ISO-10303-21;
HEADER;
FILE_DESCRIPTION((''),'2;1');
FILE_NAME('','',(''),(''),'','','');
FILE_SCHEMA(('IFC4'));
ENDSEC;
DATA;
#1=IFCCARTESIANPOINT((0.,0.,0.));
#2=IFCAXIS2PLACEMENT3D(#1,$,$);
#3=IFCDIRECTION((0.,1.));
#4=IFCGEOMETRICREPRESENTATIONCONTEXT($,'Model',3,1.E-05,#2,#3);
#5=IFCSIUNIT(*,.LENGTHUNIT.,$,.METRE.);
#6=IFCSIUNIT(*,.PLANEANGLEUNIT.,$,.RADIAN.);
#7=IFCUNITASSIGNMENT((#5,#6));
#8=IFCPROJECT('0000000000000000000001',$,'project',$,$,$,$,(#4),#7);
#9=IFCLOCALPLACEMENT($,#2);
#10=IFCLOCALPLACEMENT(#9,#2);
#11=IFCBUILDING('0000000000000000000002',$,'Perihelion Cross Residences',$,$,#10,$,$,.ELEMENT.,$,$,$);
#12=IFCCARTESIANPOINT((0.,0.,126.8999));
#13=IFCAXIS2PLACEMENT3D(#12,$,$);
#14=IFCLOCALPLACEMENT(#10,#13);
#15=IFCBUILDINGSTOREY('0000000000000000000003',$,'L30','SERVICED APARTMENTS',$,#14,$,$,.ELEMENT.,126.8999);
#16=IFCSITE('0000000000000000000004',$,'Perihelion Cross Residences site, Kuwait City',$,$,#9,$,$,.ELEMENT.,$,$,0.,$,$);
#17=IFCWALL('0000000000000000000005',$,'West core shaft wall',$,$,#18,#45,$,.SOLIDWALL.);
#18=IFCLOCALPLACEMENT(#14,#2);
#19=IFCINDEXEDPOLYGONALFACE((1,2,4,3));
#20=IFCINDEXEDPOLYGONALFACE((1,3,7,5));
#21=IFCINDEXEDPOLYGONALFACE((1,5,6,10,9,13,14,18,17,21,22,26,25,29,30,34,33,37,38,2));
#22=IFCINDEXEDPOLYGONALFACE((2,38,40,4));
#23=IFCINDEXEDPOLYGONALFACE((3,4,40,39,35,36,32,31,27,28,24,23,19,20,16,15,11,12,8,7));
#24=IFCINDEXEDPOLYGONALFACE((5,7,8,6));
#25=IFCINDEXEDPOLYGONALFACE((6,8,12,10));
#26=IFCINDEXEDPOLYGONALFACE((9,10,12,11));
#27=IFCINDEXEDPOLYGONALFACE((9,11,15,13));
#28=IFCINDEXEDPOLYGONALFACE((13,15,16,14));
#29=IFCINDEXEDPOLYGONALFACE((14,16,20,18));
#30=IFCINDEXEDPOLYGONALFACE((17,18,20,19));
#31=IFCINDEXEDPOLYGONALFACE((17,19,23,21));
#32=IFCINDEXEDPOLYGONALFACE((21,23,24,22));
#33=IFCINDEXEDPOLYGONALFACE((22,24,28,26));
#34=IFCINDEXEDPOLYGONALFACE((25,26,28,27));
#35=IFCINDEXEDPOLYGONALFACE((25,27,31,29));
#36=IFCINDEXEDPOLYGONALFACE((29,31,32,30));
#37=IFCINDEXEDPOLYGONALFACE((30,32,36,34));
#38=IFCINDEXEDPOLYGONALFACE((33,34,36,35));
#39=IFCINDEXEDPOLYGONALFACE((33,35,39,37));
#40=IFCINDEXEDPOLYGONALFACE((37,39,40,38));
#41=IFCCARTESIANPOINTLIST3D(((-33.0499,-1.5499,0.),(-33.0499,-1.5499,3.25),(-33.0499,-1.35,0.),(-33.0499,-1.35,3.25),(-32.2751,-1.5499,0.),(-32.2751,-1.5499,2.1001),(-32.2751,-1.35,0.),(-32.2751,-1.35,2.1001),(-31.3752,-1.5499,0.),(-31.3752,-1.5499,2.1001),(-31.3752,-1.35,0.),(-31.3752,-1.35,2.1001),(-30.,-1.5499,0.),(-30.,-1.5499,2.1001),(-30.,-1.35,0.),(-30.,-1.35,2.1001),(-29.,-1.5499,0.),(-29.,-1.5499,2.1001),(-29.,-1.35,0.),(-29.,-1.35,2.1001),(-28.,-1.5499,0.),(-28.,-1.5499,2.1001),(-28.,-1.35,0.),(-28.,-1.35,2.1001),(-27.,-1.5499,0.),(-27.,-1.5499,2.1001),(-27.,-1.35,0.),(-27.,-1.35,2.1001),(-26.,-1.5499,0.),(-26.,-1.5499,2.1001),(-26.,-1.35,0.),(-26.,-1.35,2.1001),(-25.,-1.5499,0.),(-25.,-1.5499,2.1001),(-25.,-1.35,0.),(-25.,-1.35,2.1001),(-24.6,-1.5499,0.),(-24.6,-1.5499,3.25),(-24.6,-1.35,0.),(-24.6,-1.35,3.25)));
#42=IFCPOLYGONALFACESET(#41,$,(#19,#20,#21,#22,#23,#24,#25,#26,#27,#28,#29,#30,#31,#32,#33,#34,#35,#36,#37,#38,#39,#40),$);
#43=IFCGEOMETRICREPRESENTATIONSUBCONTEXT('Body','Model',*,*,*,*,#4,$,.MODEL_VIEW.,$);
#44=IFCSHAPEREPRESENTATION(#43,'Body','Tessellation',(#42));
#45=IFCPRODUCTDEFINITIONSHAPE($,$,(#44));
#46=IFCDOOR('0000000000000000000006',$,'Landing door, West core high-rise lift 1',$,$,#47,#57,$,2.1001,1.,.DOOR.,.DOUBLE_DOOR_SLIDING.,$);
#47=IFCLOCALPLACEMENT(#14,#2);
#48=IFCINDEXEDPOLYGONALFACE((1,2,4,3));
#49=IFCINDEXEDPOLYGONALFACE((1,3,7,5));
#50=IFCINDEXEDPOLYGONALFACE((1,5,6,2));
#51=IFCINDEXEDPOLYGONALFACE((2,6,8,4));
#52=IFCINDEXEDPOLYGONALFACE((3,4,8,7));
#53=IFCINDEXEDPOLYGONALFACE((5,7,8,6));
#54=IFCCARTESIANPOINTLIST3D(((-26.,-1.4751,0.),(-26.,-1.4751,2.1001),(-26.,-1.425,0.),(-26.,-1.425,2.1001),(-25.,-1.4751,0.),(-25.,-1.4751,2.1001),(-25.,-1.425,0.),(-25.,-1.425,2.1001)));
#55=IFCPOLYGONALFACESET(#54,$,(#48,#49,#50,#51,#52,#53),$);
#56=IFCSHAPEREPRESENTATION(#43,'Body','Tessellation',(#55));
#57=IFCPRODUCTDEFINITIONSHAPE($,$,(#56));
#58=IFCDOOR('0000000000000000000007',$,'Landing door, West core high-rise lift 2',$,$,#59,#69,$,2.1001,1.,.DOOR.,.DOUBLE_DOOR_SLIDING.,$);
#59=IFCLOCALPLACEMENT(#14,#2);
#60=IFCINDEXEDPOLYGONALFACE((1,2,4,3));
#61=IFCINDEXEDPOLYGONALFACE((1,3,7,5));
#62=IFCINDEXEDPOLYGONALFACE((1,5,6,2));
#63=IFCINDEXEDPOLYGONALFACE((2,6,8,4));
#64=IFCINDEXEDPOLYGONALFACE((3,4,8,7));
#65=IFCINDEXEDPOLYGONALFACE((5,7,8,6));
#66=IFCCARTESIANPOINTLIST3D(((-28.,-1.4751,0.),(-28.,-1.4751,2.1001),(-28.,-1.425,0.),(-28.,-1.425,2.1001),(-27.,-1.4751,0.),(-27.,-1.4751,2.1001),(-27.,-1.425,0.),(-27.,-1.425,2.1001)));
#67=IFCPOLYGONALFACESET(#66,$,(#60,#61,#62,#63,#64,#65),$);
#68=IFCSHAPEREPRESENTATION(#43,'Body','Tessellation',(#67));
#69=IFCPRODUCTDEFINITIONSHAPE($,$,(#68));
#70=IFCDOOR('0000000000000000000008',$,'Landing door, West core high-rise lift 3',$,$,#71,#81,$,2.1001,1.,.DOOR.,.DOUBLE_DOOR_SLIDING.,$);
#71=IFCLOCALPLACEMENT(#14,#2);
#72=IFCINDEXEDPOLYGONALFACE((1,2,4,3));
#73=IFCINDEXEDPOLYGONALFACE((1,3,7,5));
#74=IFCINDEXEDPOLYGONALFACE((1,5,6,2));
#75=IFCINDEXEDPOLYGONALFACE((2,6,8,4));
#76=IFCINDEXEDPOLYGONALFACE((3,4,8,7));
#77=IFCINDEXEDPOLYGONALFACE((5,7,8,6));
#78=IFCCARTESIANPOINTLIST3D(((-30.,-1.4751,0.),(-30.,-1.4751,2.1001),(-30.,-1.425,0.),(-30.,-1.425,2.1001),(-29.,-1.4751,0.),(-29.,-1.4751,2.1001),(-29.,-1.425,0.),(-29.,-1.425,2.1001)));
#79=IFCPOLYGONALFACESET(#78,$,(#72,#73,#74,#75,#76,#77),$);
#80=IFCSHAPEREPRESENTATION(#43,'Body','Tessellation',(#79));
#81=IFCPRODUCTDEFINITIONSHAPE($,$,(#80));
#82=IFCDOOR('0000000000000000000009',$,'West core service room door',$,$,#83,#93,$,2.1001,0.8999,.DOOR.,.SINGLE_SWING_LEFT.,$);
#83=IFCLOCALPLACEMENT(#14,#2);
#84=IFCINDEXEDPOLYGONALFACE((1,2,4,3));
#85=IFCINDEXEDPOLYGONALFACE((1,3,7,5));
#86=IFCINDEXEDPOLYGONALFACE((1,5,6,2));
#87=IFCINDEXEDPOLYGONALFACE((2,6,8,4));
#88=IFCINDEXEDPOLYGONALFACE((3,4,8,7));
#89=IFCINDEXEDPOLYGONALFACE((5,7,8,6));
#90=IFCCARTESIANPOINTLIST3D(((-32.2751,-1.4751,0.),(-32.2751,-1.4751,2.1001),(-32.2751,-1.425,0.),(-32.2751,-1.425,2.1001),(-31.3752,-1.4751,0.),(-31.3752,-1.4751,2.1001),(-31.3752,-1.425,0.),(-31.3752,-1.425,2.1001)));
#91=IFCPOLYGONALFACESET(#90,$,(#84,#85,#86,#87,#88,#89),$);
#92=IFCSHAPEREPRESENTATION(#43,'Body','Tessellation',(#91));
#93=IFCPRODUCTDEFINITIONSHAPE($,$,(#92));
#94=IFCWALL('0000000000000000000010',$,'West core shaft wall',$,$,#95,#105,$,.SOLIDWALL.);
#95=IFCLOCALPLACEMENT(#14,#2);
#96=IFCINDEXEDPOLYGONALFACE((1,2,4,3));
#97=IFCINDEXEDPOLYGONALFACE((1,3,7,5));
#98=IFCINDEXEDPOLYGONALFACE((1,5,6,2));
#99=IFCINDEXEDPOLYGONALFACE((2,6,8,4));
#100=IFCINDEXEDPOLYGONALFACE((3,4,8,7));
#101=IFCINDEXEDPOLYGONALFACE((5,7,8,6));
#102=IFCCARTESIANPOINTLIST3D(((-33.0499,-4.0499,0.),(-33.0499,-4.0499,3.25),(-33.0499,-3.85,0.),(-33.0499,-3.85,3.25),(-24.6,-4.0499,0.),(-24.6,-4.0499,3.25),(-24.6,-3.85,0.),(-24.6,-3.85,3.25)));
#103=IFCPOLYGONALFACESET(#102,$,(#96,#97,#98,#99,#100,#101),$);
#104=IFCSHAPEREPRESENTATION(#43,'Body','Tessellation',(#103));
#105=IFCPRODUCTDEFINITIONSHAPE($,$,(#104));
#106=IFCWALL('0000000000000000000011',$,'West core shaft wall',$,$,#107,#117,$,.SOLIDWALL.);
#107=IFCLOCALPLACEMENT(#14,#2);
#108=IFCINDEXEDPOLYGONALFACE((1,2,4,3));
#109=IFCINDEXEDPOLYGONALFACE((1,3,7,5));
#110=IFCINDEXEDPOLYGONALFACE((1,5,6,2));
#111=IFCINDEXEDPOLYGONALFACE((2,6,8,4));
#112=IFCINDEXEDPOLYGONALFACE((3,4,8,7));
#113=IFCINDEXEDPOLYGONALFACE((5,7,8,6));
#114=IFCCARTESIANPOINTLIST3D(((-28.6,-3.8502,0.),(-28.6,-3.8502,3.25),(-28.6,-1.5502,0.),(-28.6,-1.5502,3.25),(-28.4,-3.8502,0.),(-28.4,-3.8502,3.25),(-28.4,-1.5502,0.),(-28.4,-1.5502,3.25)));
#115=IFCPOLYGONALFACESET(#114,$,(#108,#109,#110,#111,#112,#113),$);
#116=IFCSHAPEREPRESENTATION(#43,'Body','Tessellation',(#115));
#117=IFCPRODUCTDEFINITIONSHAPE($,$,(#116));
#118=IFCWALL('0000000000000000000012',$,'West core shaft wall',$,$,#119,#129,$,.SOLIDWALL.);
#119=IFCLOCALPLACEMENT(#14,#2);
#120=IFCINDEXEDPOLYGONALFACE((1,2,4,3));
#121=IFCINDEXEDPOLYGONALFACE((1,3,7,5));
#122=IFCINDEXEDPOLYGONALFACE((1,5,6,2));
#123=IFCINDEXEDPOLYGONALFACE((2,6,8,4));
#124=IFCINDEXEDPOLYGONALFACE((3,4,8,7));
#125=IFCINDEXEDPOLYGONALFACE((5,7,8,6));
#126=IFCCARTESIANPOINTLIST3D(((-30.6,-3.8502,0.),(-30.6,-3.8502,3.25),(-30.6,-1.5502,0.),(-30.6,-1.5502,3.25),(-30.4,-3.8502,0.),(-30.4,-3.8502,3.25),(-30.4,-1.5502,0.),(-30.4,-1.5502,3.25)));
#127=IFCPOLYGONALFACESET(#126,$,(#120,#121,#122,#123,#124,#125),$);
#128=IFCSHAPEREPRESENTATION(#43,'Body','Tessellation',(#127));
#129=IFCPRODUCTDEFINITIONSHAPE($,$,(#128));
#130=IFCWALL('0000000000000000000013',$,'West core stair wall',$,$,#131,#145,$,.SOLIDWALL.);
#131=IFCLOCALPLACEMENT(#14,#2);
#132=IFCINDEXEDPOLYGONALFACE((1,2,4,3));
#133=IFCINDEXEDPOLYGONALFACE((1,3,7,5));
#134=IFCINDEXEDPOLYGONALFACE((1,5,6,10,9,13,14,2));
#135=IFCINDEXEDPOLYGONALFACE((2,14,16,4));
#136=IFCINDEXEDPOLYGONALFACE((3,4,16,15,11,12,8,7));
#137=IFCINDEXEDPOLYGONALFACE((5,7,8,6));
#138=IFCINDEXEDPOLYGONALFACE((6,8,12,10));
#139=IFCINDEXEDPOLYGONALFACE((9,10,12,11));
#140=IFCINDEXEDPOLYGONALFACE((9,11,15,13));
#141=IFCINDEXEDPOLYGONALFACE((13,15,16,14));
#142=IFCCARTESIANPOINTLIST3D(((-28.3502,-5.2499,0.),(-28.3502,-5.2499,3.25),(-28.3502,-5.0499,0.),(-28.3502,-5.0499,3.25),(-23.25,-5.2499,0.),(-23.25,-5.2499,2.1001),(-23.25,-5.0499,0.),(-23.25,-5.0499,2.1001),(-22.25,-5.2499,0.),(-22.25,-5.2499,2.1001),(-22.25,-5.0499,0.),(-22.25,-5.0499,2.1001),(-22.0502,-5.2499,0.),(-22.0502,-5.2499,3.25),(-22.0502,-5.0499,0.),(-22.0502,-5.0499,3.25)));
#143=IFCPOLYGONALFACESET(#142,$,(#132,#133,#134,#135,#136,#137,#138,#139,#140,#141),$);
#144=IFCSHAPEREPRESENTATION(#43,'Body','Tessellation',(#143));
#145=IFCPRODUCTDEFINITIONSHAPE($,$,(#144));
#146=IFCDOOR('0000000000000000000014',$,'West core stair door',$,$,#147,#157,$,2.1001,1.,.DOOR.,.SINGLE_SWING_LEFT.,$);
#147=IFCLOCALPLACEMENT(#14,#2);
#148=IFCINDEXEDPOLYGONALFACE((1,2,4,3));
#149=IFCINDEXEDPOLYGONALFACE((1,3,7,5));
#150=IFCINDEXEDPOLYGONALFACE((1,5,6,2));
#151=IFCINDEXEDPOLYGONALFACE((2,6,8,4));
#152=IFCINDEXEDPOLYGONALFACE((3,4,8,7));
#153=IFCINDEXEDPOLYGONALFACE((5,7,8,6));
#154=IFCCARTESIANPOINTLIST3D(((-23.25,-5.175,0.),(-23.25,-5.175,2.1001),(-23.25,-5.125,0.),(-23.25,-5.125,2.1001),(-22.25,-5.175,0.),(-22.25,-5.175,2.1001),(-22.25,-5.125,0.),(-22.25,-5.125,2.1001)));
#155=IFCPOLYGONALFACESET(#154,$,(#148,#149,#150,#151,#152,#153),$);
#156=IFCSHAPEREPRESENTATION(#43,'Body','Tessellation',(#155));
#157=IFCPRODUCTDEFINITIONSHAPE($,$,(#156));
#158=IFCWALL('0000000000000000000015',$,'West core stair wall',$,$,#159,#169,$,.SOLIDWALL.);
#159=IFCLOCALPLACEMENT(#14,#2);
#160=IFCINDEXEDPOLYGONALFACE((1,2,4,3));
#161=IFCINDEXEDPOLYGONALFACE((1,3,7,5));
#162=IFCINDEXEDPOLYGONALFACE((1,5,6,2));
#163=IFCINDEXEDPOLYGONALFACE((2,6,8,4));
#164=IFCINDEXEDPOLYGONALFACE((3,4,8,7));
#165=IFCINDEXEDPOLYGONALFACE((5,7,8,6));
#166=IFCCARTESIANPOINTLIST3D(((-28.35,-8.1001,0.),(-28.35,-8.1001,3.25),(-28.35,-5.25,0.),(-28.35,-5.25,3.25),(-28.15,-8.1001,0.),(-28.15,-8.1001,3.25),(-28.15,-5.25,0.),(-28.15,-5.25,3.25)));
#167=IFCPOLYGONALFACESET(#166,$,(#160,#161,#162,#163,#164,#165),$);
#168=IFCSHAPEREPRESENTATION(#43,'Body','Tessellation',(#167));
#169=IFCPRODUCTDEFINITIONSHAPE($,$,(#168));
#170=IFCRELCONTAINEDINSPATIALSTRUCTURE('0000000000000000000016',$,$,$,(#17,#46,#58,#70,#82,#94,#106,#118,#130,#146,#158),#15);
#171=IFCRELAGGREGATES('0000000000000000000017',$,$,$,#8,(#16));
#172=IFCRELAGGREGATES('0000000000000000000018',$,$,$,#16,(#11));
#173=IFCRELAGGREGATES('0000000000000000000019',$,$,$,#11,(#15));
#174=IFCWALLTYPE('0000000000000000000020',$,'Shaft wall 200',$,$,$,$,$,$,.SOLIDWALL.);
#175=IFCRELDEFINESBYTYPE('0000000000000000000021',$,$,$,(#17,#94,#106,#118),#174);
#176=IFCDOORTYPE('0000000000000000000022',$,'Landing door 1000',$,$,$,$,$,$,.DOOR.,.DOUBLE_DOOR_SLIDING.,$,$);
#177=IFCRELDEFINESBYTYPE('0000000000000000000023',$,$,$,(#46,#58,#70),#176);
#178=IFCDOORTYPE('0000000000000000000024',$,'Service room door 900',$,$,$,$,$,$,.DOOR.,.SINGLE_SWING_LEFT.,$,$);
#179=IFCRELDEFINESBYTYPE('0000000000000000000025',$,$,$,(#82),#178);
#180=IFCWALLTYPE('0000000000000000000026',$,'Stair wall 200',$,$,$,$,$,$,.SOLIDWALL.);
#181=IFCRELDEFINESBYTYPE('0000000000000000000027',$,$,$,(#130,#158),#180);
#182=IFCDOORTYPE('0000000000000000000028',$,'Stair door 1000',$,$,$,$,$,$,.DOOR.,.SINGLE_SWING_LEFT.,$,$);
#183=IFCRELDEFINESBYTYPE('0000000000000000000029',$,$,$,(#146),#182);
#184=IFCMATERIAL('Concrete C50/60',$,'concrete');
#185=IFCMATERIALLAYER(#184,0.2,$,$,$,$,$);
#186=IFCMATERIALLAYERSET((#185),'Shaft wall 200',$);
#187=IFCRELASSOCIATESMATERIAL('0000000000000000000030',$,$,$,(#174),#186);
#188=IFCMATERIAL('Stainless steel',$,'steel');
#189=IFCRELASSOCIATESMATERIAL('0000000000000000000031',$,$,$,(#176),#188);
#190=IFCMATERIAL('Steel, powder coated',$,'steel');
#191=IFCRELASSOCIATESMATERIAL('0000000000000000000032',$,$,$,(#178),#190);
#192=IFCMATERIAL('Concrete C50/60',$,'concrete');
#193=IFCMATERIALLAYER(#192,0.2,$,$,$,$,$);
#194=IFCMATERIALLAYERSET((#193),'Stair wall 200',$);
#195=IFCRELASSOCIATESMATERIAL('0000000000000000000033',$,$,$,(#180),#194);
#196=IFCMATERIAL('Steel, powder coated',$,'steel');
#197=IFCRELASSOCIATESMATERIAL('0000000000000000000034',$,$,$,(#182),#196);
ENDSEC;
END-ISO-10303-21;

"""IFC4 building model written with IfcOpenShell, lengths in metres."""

from ifc_helpers import new_model, si_unit, direction, frame, frame_2d, origin, place, context, subcontext, project, spatial, rectangle, extrude, material, layer, layer_set, type_object, element, fill, save


model = new_model("IFC4")

# Units and contexts
model_context = context("Model", 3, precision=1e-05, world=origin(), true_north=direction((0.0, 1.0)))
body_context = subcontext(model_context, "Body", "Model", "MODEL_VIEW")
ifc_project = project(units=[si_unit("LENGTHUNIT", "METRE"), si_unit("PLANEANGLEUNIT", "RADIAN")], contexts=[model_context])

# Site, building, storey
site_placement = place(None, origin())
site = spatial("IfcSite", under=ifc_project, at=site_placement, Name="Perihelion Cross Residences site, Kuwait City", CompositionType="ELEMENT", RefElevation=0.0)
building_placement = place(site_placement, origin())
building = spatial("IfcBuilding", under=site, at=building_placement, Name="Perihelion Cross Residences", CompositionType="ELEMENT")
storey_placement = place(building_placement, frame((0.0, 0.0, 126.8999)))
storey = spatial("IfcBuildingStorey", under=building, at=storey_placement, Name="L30", Description="SERVICED APARTMENTS", CompositionType="ELEMENT", Elevation=126.8999)

# Wall, openings, doors
ifc_material_1 = material(Name="Concrete C50/60", Category="concrete")
ifc_layer_1 = layer(ifc_material_1, 0.2)
ifc_layer_set_1 = layer_set([ifc_layer_1], Name="Shaft wall 200")
wall_type_1 = type_object("IfcWallType", Name="Shaft wall 200", PredefinedType="SOLIDWALL", material=ifc_layer_set_1)
wall_1_placement = place(storey_placement, frame((-33.05, -1.45, 0.0), z_axis=(0.0, 0.0, 1.0), x_axis=(1.0, 0.0, 0.0)))
wall_1 = element("IfcWall", 1, at=wall_1_placement, inside=storey, type_object=wall_type_1, Name="West core shaft wall", PredefinedType="SOLIDWALL", context=body_context, shape_type="SweptSolid", body=[
    extrude(rectangle(XDim=8.45, YDim=0.2, at=frame_2d((4.2251, 0.0))), origin(), (0.0, 0.0, 1.0), 3.25),
])
opening_1_placement = place(wall_1_placement, frame((7.05, 0.0, 0.0)))
opening_1 = element("IfcOpeningElement", 2, at=opening_1_placement, cuts=wall_1, PredefinedType="OPENING", context=body_context, shape_type="SweptSolid", body=[
    extrude(rectangle(XDim=1.0, YDim=2.1001, at=frame_2d((0.5, 1.05))), frame((0.0, 0.1099, 0.0), z_axis=(0.0, -1.0, 0.0), x_axis=(1.0, 0.0, 0.0)), (0.0, 0.0, 1.0), 0.22),
])
opening_2_placement = place(wall_1_placement, frame((5.05, 0.0, 0.0)))
opening_2 = element("IfcOpeningElement", 3, at=opening_2_placement, cuts=wall_1, PredefinedType="OPENING", context=body_context, shape_type="SweptSolid", body=[
    extrude(rectangle(XDim=1.0, YDim=2.1001, at=frame_2d((0.5, 1.05))), frame((0.0, 0.1099, 0.0), z_axis=(0.0, -1.0, 0.0), x_axis=(1.0, 0.0, 0.0)), (0.0, 0.0, 1.0), 0.22),
])
opening_3_placement = place(wall_1_placement, frame((3.05, 0.0, 0.0)))
opening_3 = element("IfcOpeningElement", 4, at=opening_3_placement, cuts=wall_1, PredefinedType="OPENING", context=body_context, shape_type="SweptSolid", body=[
    extrude(rectangle(XDim=1.0, YDim=2.1001, at=frame_2d((0.5, 1.05))), frame((0.0, 0.1099, 0.0), z_axis=(0.0, -1.0, 0.0), x_axis=(1.0, 0.0, 0.0)), (0.0, 0.0, 1.0), 0.22),
])
opening_4_placement = place(wall_1_placement, frame((0.7749, 0.0, 0.0)))
opening_4 = element("IfcOpeningElement", 5, at=opening_4_placement, cuts=wall_1, PredefinedType="OPENING", context=body_context, shape_type="SweptSolid", body=[
    extrude(rectangle(XDim=0.8999, YDim=2.1001, at=frame_2d((0.45, 1.05))), frame((0.0, 0.1099, 0.0), z_axis=(0.0, -1.0, 0.0), x_axis=(1.0, 0.0, 0.0)), (0.0, 0.0, 1.0), 0.22),
])
ifc_material_2 = material(Name="Stainless steel", Category="steel")
door_type_1 = type_object("IfcDoorType", Name="Landing door 1000", OperationType="DOUBLE_DOOR_SLIDING", PredefinedType="DOOR", material=ifc_material_2)
door_1_placement = place(opening_1_placement, origin())
door_1 = element("IfcDoor", 6, at=door_1_placement, inside=storey, type_object=door_type_1, Name="Landing door, West core high-rise lift 1", OperationType="DOUBLE_DOOR_SLIDING", OverallHeight=2.1001, OverallWidth=1.0, PredefinedType="DOOR", context=body_context, shape_type="SweptSolid", body=[
    extrude(rectangle(XDim=1.0, YDim=2.1001, at=frame_2d((0.5, 1.05))), frame((0.0, 0.0249, 0.0), z_axis=(0.0, -1.0, 0.0), x_axis=(1.0, 0.0, 0.0)), (0.0, 0.0, 1.0), 0.05),
])
fill(opening_1, door_1)
door_2_placement = place(opening_2_placement, origin())
door_2 = element("IfcDoor", 7, at=door_2_placement, inside=storey, type_object=door_type_1, Name="Landing door, West core high-rise lift 2", OperationType="DOUBLE_DOOR_SLIDING", OverallHeight=2.1001, OverallWidth=1.0, PredefinedType="DOOR", context=body_context, shape_type="SweptSolid", body=[
    extrude(rectangle(XDim=1.0, YDim=2.1001, at=frame_2d((0.5, 1.05))), frame((0.0, 0.0249, 0.0), z_axis=(0.0, -1.0, 0.0), x_axis=(1.0, 0.0, 0.0)), (0.0, 0.0, 1.0), 0.05),
])
fill(opening_2, door_2)
door_3_placement = place(opening_3_placement, origin())
door_3 = element("IfcDoor", 8, at=door_3_placement, inside=storey, type_object=door_type_1, Name="Landing door, West core high-rise lift 3", OperationType="DOUBLE_DOOR_SLIDING", OverallHeight=2.1001, OverallWidth=1.0, PredefinedType="DOOR", context=body_context, shape_type="SweptSolid", body=[
    extrude(rectangle(XDim=1.0, YDim=2.1001, at=frame_2d((0.5, 1.05))), frame((0.0, 0.0249, 0.0), z_axis=(0.0, -1.0, 0.0), x_axis=(1.0, 0.0, 0.0)), (0.0, 0.0, 1.0), 0.05),
])
fill(opening_3, door_3)
ifc_material_3 = material(Name="Steel, powder coated", Category="steel")
door_type_2 = type_object("IfcDoorType", Name="Service room door 900", OperationType="SINGLE_SWING_LEFT", PredefinedType="DOOR", material=ifc_material_3)
door_4_placement = place(opening_4_placement, origin())
door_4 = element("IfcDoor", 9, at=door_4_placement, inside=storey, type_object=door_type_2, Name="West core service room door", OperationType="SINGLE_SWING_LEFT", OverallHeight=2.1001, OverallWidth=0.8999, PredefinedType="DOOR", context=body_context, shape_type="SweptSolid", body=[
    extrude(rectangle(XDim=0.8999, YDim=2.1001, at=frame_2d((0.45, 1.05))), frame((0.0, 0.0249, 0.0), z_axis=(0.0, -1.0, 0.0), x_axis=(1.0, 0.0, 0.0)), (0.0, 0.0, 1.0), 0.05),
])
fill(opening_4, door_4)

# Walls
wall_2_placement = place(storey_placement, frame((-33.05, -3.95, 0.0), z_axis=(0.0, 0.0, 1.0), x_axis=(1.0, 0.0, 0.0)))
element("IfcWall", 10, at=wall_2_placement, inside=storey, type_object=wall_type_1, Name="West core shaft wall", PredefinedType="SOLIDWALL", context=body_context, shape_type="SweptSolid", body=[
    extrude(rectangle(XDim=8.45, YDim=0.2, at=frame_2d((4.2251, 0.0))), origin(), (0.0, 0.0, 1.0), 3.25),
])
for number, where, z_axis, x_axis, name in (
    (11, (-28.5, -3.8501, 0.0), (0.0, 0.0, 1.0), (0.0, 1.0, 0.0), "West core shaft wall"),
    (12, (-30.5, -3.8501, 0.0), (0.0, 0.0, 1.0), (0.0, 1.0, 0.0), "West core shaft wall"),
):
    element("IfcWall", number, at=place(storey_placement, frame(where, z_axis=z_axis, x_axis=x_axis)), inside=storey, type_object=wall_type_1, Name=name, PredefinedType="SOLIDWALL", context=body_context, shape_type="SweptSolid", body=[
        extrude(rectangle(XDim=2.3, YDim=0.2, at=frame_2d((1.1499, 0.0))), origin(), (0.0, 0.0, 1.0), 3.25),
    ])

# Wall, opening, door
ifc_material_4 = material(Name="Concrete C50/60", Category="concrete")
ifc_layer_2 = layer(ifc_material_4, 0.2)
ifc_layer_set_2 = layer_set([ifc_layer_2], Name="Stair wall 200")
wall_type_2 = type_object("IfcWallType", Name="Stair wall 200", PredefinedType="SOLIDWALL", material=ifc_layer_set_2)
wall_3_placement = place(storey_placement, frame((-28.3501, -5.1499, 0.0), z_axis=(0.0, 0.0, 1.0), x_axis=(1.0, 0.0, 0.0)))
wall_3 = element("IfcWall", 13, at=wall_3_placement, inside=storey, type_object=wall_type_2, Name="West core stair wall", PredefinedType="SOLIDWALL", context=body_context, shape_type="SweptSolid", body=[
    extrude(rectangle(XDim=6.3, YDim=0.2, at=frame_2d((3.1499, 0.0))), origin(), (0.0, 0.0, 1.0), 3.25),
])
opening_5_placement = place(wall_3_placement, frame((5.1001, 0.0, 0.0)))
opening_5 = element("IfcOpeningElement", 14, at=opening_5_placement, cuts=wall_3, PredefinedType="OPENING", context=body_context, shape_type="SweptSolid", body=[
    extrude(rectangle(XDim=1.0, YDim=2.1001, at=frame_2d((0.5, 1.05))), frame((0.0, 0.1099, 0.0), z_axis=(0.0, -1.0, 0.0), x_axis=(1.0, 0.0, 0.0)), (0.0, 0.0, 1.0), 0.22),
])
ifc_material_5 = material(Name="Steel, powder coated", Category="steel")
door_type_3 = type_object("IfcDoorType", Name="Stair door 1000", OperationType="SINGLE_SWING_LEFT", PredefinedType="DOOR", material=ifc_material_5)
door_5_placement = place(opening_5_placement, origin())
door_5 = element("IfcDoor", 15, at=door_5_placement, inside=storey, type_object=door_type_3, Name="West core stair door", OperationType="SINGLE_SWING_LEFT", OverallHeight=2.1001, OverallWidth=1.0, PredefinedType="DOOR", context=body_context, shape_type="SweptSolid", body=[
    extrude(rectangle(XDim=1.0, YDim=2.1001, at=frame_2d((0.5, 1.05))), frame((0.0, 0.0249, 0.0), z_axis=(0.0, -1.0, 0.0), x_axis=(1.0, 0.0, 0.0)), (0.0, 0.0, 1.0), 0.05),
])
fill(opening_5, door_5)

# Wall
wall_4_placement = place(storey_placement, frame((-28.25, -8.1001, 0.0), z_axis=(0.0, 0.0, 1.0), x_axis=(0.0, 1.0, 0.0)))
element("IfcWall", 16, at=wall_4_placement, inside=storey, type_object=wall_type_2, Name="West core stair wall", PredefinedType="SOLIDWALL", context=body_context, shape_type="SweptSolid", body=[
    extrude(rectangle(XDim=2.8501, YDim=0.2, at=frame_2d((1.425, 0.0))), origin(), (0.0, 0.0, 1.0), 3.25),
])

save(model, "model.ifc")
